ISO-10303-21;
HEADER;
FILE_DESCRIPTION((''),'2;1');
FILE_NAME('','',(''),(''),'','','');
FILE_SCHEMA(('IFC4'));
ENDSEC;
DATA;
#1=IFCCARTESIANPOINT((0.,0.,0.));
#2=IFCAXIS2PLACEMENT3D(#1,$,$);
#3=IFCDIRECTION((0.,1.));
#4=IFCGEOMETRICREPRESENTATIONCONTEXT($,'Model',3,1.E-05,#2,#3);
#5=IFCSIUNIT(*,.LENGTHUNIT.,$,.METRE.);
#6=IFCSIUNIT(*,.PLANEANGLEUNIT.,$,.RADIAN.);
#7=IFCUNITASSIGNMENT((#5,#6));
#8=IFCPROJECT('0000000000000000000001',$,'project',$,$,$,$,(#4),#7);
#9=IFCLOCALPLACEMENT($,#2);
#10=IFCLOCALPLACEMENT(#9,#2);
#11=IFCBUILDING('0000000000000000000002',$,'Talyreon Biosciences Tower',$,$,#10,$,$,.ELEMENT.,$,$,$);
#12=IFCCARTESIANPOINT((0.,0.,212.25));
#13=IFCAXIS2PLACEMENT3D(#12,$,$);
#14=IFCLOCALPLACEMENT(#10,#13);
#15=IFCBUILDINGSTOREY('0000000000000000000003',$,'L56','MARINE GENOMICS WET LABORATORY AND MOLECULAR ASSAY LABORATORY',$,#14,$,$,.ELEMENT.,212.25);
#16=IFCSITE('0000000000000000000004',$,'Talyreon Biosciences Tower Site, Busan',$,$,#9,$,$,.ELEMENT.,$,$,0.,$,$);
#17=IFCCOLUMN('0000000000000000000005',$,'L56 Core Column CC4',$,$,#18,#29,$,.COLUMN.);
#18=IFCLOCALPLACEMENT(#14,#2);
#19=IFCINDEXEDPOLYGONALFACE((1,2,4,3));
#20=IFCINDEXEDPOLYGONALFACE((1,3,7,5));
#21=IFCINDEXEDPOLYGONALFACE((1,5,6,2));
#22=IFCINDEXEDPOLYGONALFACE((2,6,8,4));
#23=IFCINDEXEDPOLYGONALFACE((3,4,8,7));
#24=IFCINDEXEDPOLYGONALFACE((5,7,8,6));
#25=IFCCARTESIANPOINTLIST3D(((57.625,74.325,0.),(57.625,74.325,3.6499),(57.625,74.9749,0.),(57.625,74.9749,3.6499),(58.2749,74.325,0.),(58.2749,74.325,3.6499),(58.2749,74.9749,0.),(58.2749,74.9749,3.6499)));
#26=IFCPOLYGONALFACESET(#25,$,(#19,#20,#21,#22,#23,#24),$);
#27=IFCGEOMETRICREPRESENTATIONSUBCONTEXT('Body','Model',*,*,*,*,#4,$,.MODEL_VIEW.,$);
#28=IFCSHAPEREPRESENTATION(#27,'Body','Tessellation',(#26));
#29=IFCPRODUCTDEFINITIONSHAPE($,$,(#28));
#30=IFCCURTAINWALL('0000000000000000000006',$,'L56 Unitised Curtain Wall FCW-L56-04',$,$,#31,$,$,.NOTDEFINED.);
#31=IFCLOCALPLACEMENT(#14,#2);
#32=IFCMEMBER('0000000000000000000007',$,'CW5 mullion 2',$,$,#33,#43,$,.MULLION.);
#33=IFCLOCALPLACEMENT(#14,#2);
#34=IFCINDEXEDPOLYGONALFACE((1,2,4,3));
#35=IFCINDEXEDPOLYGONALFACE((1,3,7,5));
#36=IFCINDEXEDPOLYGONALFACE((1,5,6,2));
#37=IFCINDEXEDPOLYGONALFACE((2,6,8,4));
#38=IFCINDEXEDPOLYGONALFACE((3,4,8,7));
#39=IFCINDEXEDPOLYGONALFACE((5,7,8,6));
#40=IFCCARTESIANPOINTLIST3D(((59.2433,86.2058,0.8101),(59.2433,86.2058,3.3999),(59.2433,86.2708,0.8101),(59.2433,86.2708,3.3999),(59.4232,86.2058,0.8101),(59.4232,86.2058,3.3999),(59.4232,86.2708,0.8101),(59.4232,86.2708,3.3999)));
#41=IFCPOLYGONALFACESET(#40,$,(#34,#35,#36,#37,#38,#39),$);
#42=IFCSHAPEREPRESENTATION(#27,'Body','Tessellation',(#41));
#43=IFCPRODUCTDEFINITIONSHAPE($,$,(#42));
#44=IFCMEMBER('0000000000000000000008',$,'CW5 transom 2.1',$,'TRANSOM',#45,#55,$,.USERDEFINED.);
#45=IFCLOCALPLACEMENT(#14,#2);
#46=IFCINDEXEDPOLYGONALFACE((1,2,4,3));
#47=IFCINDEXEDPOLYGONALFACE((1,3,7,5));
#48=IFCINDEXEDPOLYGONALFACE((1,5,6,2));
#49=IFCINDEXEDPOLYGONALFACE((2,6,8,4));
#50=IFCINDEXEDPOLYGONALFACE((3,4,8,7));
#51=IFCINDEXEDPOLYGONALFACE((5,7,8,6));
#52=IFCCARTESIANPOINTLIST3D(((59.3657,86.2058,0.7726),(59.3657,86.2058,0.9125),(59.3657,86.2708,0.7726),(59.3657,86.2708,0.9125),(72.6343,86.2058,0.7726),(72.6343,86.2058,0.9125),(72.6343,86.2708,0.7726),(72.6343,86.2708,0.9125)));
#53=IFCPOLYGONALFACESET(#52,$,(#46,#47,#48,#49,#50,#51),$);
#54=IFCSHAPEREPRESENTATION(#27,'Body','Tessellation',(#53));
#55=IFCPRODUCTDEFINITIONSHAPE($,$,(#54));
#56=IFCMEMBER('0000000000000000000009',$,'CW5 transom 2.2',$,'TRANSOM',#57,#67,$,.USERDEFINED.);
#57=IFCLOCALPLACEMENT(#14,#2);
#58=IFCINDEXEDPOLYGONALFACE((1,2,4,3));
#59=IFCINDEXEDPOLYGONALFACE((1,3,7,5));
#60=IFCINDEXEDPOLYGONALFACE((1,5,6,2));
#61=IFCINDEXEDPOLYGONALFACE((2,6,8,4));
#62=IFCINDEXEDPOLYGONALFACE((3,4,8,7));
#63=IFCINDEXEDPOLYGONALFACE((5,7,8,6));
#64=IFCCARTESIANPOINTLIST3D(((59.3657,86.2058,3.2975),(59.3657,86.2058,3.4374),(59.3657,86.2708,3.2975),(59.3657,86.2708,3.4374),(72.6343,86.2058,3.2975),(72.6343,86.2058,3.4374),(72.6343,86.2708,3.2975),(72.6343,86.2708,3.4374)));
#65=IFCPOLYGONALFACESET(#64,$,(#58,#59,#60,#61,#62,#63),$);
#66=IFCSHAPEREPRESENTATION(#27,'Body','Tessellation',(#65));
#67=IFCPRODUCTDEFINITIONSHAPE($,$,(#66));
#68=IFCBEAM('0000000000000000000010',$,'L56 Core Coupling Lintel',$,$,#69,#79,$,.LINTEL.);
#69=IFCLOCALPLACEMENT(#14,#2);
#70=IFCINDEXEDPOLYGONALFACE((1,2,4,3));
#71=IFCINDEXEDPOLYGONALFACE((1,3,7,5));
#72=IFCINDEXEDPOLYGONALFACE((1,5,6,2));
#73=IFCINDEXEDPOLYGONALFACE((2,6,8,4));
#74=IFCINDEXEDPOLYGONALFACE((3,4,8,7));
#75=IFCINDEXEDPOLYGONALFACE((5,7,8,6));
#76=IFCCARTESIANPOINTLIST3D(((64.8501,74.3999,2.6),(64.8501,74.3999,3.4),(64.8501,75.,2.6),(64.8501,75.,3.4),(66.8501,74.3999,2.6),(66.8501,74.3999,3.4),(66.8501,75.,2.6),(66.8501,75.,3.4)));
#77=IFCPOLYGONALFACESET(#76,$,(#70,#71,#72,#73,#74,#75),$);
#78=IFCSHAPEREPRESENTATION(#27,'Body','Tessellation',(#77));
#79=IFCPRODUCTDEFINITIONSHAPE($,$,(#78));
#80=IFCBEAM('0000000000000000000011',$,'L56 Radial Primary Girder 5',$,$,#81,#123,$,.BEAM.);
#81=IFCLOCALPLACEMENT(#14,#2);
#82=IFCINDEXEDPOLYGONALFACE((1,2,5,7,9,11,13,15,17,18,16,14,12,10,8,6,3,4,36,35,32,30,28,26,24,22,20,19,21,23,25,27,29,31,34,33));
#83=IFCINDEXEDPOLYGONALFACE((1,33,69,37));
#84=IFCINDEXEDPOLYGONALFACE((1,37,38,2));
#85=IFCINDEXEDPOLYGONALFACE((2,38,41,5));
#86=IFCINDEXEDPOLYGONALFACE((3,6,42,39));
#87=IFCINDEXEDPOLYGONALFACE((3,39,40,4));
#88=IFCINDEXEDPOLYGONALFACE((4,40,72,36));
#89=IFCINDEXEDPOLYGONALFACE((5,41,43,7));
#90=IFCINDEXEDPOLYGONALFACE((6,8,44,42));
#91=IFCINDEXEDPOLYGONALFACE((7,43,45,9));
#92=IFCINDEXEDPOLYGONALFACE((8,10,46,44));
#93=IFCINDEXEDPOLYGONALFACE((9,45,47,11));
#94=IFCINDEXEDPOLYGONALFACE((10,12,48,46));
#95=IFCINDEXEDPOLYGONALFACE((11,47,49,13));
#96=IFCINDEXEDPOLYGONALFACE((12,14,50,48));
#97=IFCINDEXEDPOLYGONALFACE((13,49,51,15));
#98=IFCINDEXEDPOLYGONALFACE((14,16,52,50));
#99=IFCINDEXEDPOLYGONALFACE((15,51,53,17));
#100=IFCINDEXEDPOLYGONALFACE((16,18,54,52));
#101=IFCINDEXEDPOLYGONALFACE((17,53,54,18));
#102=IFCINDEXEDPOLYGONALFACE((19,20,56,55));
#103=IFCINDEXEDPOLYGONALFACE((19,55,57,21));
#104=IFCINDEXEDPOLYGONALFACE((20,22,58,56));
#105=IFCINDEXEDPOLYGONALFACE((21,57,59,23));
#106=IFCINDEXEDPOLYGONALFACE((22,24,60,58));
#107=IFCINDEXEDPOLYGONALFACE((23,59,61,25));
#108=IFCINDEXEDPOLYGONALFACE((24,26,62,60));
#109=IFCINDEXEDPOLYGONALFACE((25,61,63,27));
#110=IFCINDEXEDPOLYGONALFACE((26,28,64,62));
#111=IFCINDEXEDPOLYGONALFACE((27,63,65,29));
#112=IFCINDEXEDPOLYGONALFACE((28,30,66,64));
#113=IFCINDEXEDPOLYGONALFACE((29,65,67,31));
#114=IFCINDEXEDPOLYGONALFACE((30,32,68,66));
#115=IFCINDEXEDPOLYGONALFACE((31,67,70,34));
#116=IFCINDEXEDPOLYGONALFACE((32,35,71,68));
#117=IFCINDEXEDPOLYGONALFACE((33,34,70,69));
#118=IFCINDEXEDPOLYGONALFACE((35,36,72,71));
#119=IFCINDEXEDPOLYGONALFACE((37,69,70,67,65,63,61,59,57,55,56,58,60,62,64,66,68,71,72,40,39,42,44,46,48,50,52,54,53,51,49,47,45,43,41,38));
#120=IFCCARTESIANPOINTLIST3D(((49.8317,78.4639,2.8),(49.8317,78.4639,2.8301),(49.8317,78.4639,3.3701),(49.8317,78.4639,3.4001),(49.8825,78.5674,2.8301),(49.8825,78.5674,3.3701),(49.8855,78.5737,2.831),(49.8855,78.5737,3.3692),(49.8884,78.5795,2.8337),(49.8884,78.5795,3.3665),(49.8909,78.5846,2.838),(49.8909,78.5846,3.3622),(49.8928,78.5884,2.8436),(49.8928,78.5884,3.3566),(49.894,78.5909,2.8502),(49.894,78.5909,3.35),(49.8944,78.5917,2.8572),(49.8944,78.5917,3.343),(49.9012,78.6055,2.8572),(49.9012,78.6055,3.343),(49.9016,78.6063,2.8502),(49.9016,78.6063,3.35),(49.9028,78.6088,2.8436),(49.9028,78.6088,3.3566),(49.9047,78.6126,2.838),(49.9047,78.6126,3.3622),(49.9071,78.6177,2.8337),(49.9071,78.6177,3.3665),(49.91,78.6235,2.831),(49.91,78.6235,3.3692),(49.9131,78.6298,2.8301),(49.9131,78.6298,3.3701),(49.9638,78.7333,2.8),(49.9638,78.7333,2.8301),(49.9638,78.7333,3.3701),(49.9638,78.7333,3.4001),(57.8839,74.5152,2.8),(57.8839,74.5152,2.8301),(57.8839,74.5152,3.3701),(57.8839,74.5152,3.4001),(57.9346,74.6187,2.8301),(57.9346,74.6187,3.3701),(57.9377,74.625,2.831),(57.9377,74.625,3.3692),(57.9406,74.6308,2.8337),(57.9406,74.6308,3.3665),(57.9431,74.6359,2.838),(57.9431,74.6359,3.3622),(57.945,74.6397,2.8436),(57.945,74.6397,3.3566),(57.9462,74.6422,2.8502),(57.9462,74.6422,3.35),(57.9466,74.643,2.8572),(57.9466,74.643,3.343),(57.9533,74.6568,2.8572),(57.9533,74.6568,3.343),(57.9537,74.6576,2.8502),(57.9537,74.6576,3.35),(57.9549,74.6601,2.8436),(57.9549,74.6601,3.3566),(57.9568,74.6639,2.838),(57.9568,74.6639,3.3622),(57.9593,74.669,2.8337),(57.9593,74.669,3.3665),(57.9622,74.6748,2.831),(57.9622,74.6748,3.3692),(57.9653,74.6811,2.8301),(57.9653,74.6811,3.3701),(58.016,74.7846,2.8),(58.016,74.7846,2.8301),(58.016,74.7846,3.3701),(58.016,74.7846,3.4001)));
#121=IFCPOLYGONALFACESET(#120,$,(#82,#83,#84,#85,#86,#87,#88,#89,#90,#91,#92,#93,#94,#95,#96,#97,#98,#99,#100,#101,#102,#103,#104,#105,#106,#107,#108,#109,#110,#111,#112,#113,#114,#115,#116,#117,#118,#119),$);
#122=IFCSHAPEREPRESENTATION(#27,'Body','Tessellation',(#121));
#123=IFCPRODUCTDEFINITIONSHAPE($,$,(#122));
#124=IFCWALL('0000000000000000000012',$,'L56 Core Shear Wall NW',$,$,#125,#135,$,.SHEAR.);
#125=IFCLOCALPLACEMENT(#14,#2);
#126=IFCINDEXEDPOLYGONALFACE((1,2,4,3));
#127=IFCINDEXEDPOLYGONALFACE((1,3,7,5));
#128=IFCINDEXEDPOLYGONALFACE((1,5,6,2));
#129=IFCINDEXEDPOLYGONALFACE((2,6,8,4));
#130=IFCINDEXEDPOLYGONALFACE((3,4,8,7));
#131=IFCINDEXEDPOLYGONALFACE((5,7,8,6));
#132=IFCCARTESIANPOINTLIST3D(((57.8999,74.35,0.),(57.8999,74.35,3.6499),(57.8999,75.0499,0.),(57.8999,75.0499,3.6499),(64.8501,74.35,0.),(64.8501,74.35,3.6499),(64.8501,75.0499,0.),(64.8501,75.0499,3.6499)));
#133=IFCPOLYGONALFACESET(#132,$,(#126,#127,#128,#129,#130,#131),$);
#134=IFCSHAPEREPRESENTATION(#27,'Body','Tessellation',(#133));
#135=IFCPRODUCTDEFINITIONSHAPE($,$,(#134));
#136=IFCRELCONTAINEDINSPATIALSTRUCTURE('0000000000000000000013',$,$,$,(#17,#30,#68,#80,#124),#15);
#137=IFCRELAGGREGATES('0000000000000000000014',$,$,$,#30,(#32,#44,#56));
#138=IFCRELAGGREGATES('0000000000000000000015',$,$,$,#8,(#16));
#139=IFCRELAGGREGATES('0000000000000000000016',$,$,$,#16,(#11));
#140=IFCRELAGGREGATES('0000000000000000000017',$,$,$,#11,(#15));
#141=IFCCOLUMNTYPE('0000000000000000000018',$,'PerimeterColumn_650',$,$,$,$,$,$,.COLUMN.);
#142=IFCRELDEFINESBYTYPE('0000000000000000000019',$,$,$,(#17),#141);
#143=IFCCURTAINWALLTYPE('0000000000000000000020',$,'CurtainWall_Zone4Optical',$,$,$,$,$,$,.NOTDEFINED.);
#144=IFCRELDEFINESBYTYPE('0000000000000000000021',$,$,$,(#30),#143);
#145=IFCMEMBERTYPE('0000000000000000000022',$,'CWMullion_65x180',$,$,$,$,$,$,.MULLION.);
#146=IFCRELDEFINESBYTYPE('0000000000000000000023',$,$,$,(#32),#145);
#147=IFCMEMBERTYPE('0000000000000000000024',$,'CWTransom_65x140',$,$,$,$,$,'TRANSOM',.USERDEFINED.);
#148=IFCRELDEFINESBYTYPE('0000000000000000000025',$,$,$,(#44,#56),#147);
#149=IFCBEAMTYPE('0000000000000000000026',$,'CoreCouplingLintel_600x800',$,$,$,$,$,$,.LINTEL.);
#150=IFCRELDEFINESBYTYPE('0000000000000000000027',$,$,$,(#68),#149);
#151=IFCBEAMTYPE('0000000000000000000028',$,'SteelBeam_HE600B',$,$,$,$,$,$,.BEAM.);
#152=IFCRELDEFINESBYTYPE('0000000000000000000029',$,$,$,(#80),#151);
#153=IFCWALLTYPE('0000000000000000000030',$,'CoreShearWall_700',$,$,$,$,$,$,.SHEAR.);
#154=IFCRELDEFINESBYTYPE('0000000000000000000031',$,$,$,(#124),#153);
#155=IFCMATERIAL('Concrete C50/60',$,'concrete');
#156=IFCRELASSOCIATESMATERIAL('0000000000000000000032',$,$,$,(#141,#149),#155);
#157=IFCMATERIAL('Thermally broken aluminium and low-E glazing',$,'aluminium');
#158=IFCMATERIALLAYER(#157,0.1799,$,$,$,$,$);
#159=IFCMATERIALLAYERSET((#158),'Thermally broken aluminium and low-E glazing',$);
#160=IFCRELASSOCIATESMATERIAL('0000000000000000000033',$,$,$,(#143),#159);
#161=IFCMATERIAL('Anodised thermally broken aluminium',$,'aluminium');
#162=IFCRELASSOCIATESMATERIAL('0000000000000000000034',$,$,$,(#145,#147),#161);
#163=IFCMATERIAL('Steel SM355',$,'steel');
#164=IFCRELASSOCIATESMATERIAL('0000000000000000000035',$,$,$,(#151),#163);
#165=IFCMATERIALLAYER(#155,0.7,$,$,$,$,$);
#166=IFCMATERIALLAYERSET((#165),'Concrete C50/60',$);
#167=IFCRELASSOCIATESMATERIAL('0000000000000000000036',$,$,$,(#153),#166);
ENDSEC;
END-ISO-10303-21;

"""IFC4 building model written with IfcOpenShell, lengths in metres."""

from ifc_helpers import new_model, si_unit, direction, frame, frame_2d, origin, origin_2d, place, context, subcontext, project, spatial, rectangle, i_section, extrude, material, layer, layer_set, material_profile, profile_set, type_object, element, aggregate, save


model = new_model("IFC4")

# Units and contexts
model_context = context("Model", 3, precision=1e-05, world=origin(), true_north=direction((0.0, 1.0)))
body_context = subcontext(model_context, "Body", "Model", "MODEL_VIEW")
ifc_project = project(units=[si_unit("LENGTHUNIT", "METRE"), si_unit("PLANEANGLEUNIT", "RADIAN")], contexts=[model_context])

# Site, building, storey
site_placement = place(None, origin())
site = spatial("IfcSite", under=ifc_project, at=site_placement, Name="Talyreon Biosciences Tower Site, Busan", CompositionType="ELEMENT", RefElevation=0.0)
building_placement = place(site_placement, origin())
building = spatial("IfcBuilding", under=site, at=building_placement, Name="Talyreon Biosciences Tower", CompositionType="ELEMENT")
storey_placement = place(building_placement, frame((0.0, 0.0, 212.25)))
storey = spatial("IfcBuildingStorey", under=building, at=storey_placement, Name="L56", Description="MARINE GENOMICS WET LABORATORY AND MOLECULAR ASSAY LABORATORY", CompositionType="ELEMENT", Elevation=212.25)

# Column
ifc_material_1 = material(Name="Concrete C50/60", Category="concrete")
ifc_material_profile_1 = material_profile(ifc_material_1, rectangle(XDim=0.6499, YDim=0.6499, at=origin_2d()), Name="RC 650x650")
ifc_profile_set_1 = profile_set([ifc_material_profile_1], Name="Concrete C50/60")
column_type = type_object("IfcColumnType", Name="PerimeterColumn_650", PredefinedType="COLUMN", material=ifc_profile_set_1)
column_placement = place(storey_placement, frame((57.95, 74.6499, 0.0), z_axis=(0.0, 0.0, 1.0), x_axis=(1.0, 0.0, 0.0)))
element("IfcColumn", 1, at=column_placement, inside=storey, type_object=column_type, Name="L56 Core Column CC4", PredefinedType="COLUMN", context=body_context, shape_type="SweptSolid", body=[
    extrude(rectangle(XDim=0.6499, YDim=0.6499, at=origin_2d()), origin(), (0.0, 0.0, 1.0), 3.6499),
])

# Curtain wall, members
ifc_material_2 = material(Name="Thermally broken aluminium and low-E glazing", Category="aluminium")
ifc_layer_1 = layer(ifc_material_2, 0.1799)
ifc_layer_set_1 = layer_set([ifc_layer_1], Name="Thermally broken aluminium and low-E glazing")
curtain_wall_type = type_object("IfcCurtainWallType", Name="CurtainWall_Zone4Optical", PredefinedType="NOTDEFINED", material=ifc_layer_set_1)
curtain_wall_placement = place(storey_placement, origin())
curtain_wall = element("IfcCurtainWall", 2, at=curtain_wall_placement, inside=storey, type_object=curtain_wall_type, Name="L56 Unitised Curtain Wall FCW-L56-04", PredefinedType="NOTDEFINED")
ifc_material_3 = material(Name="Anodised thermally broken aluminium", Category="aluminium")
ifc_material_profile_2 = material_profile(ifc_material_3, rectangle(XDim=0.0649, YDim=0.1799, at=origin_2d()), Name="ALUM MULLION 65x180")
ifc_profile_set_2 = profile_set([ifc_material_profile_2], Name="Anodised thermally broken aluminium")
member_type_1 = type_object("IfcMemberType", Name="CWMullion_65x180", PredefinedType="MULLION", material=ifc_profile_set_2)
member_1_placement = place(storey_placement, frame((59.3333, 86.2383, 0.8101), z_axis=(0.0, 0.0, 1.0), x_axis=(0.0, 1.0, 0.0)))
member_1 = element("IfcMember", 3, at=member_1_placement, type_object=member_type_1, Name="CW5 mullion 2", PredefinedType="MULLION", context=body_context, shape_type="SweptSolid", body=[
    extrude(rectangle(XDim=0.0649, YDim=0.1799, at=origin_2d()), origin(), (0.0, 0.0, 1.0), 2.5898),
])
ifc_material_profile_3 = material_profile(ifc_material_3, rectangle(XDim=0.0649, YDim=0.1399, at=origin_2d()), Name="ALUM TRANSOM 65x140")
ifc_profile_set_3 = profile_set([ifc_material_profile_3], Name="Anodised thermally broken aluminium")
member_type_2 = type_object("IfcMemberType", Name="CWTransom_65x140", ElementType="TRANSOM", PredefinedType="USERDEFINED", material=ifc_profile_set_3)
member_2_placement = place(storey_placement, frame((59.3657, 86.2383, 0.8425), z_axis=(1.0, 0.0, 0.0), x_axis=(0.0, 1.0, 0.0)))
member_2 = element("IfcMember", 4, at=member_2_placement, type_object=member_type_2, Name="CW5 transom 2.1", ObjectType="TRANSOM", PredefinedType="USERDEFINED", context=body_context, shape_type="SweptSolid", body=[
    extrude(rectangle(XDim=0.0649, YDim=0.1399, at=origin_2d()), origin(), (0.0, 0.0, 1.0), 13.2686),
])
member_3_placement = place(storey_placement, frame((59.3657, 86.2383, 3.3674), z_axis=(1.0, 0.0, 0.0), x_axis=(0.0, 1.0, 0.0)))
member_3 = element("IfcMember", 5, at=member_3_placement, type_object=member_type_2, Name="CW5 transom 2.2", ObjectType="TRANSOM", PredefinedType="USERDEFINED", context=body_context, shape_type="SweptSolid", body=[
    extrude(rectangle(XDim=0.0649, YDim=0.1399, at=origin_2d()), origin(), (0.0, 0.0, 1.0), 13.2686),
])
aggregate(curtain_wall, [member_1, member_2, member_3])

# Beams
ifc_material_profile_4 = material_profile(ifc_material_1, rectangle(XDim=0.6001, YDim=0.8, at=origin_2d()), Name="RCB 600x800")
ifc_profile_set_4 = profile_set([ifc_material_profile_4], Name="Concrete C50/60")
beam_type_1 = type_object("IfcBeamType", Name="CoreCouplingLintel_600x800", PredefinedType="LINTEL", material=ifc_profile_set_4)
beam_1_placement = place(storey_placement, frame((64.8501, 74.7, 3.0), z_axis=(1.0, 0.0, 0.0), x_axis=(0.0, 1.0, 0.0)))
element("IfcBeam", 6, at=beam_1_placement, inside=storey, type_object=beam_type_1, Name="L56 Core Coupling Lintel", PredefinedType="LINTEL", context=body_context, shape_type="SweptSolid", body=[
    extrude(rectangle(XDim=0.6001, YDim=0.8, at=origin_2d()), origin(), (0.0, 0.0, 1.0), 2.0),
])
ifc_material_4 = material(Name="Steel SM355", Category="steel")
ifc_material_profile_5 = material_profile(ifc_material_4, i_section(OverallWidth=0.3, OverallDepth=0.6001, WebThickness=0.0154, FlangeThickness=0.03, FilletRadius=0.0271, at=origin_2d()), Name="HE600B")
ifc_profile_set_5 = profile_set([ifc_material_profile_5], Name="Steel SM355")
beam_type_2 = type_object("IfcBeamType", Name="SteelBeam_HE600B", PredefinedType="BEAM", material=ifc_profile_set_5)
beam_2_placement = place(storey_placement, frame((57.95, 74.6499, 3.1001), z_axis=(-0.897852, 0.440297, 0.0), x_axis=(-0.440297, -0.897852, 0.0)))
element("IfcBeam", 7, at=beam_2_placement, inside=storey, type_object=beam_type_2, Name="L56 Radial Primary Girder 5", PredefinedType="BEAM", context=body_context, shape_type="SweptSolid", body=[
    extrude(i_section(OverallWidth=0.3, OverallDepth=0.6001, WebThickness=0.0154, FlangeThickness=0.03, FilletRadius=0.0271, at=origin_2d()), origin(), (0.0, 0.0, 1.0), 8.9683),
])

# Wall
ifc_layer_2 = layer(ifc_material_1, 0.7)
ifc_layer_set_2 = layer_set([ifc_layer_2], Name="Concrete C50/60")
wall_type_1 = type_object("IfcWallType", Name="CoreShearWall_700", PredefinedType="SHEAR", material=ifc_layer_set_2)
wall_1_placement = place(storey_placement, frame((64.8501, 74.7, 0.0), z_axis=(0.0, 0.0, 1.0), x_axis=(-1.0, 0.0, 0.0)))
element("IfcWall", 8, at=wall_1_placement, inside=storey, type_object=wall_type_1, Name="L56 Core Shear Wall NW", PredefinedType="SHEAR", context=body_context, shape_type="SweptSolid", body=[
    extrude(rectangle(XDim=6.9502, YDim=0.7, at=frame_2d((3.4751, 0.0))), origin(), (0.0, 0.0, 1.0), 3.6499),
])

save(model, "model.ifc")
